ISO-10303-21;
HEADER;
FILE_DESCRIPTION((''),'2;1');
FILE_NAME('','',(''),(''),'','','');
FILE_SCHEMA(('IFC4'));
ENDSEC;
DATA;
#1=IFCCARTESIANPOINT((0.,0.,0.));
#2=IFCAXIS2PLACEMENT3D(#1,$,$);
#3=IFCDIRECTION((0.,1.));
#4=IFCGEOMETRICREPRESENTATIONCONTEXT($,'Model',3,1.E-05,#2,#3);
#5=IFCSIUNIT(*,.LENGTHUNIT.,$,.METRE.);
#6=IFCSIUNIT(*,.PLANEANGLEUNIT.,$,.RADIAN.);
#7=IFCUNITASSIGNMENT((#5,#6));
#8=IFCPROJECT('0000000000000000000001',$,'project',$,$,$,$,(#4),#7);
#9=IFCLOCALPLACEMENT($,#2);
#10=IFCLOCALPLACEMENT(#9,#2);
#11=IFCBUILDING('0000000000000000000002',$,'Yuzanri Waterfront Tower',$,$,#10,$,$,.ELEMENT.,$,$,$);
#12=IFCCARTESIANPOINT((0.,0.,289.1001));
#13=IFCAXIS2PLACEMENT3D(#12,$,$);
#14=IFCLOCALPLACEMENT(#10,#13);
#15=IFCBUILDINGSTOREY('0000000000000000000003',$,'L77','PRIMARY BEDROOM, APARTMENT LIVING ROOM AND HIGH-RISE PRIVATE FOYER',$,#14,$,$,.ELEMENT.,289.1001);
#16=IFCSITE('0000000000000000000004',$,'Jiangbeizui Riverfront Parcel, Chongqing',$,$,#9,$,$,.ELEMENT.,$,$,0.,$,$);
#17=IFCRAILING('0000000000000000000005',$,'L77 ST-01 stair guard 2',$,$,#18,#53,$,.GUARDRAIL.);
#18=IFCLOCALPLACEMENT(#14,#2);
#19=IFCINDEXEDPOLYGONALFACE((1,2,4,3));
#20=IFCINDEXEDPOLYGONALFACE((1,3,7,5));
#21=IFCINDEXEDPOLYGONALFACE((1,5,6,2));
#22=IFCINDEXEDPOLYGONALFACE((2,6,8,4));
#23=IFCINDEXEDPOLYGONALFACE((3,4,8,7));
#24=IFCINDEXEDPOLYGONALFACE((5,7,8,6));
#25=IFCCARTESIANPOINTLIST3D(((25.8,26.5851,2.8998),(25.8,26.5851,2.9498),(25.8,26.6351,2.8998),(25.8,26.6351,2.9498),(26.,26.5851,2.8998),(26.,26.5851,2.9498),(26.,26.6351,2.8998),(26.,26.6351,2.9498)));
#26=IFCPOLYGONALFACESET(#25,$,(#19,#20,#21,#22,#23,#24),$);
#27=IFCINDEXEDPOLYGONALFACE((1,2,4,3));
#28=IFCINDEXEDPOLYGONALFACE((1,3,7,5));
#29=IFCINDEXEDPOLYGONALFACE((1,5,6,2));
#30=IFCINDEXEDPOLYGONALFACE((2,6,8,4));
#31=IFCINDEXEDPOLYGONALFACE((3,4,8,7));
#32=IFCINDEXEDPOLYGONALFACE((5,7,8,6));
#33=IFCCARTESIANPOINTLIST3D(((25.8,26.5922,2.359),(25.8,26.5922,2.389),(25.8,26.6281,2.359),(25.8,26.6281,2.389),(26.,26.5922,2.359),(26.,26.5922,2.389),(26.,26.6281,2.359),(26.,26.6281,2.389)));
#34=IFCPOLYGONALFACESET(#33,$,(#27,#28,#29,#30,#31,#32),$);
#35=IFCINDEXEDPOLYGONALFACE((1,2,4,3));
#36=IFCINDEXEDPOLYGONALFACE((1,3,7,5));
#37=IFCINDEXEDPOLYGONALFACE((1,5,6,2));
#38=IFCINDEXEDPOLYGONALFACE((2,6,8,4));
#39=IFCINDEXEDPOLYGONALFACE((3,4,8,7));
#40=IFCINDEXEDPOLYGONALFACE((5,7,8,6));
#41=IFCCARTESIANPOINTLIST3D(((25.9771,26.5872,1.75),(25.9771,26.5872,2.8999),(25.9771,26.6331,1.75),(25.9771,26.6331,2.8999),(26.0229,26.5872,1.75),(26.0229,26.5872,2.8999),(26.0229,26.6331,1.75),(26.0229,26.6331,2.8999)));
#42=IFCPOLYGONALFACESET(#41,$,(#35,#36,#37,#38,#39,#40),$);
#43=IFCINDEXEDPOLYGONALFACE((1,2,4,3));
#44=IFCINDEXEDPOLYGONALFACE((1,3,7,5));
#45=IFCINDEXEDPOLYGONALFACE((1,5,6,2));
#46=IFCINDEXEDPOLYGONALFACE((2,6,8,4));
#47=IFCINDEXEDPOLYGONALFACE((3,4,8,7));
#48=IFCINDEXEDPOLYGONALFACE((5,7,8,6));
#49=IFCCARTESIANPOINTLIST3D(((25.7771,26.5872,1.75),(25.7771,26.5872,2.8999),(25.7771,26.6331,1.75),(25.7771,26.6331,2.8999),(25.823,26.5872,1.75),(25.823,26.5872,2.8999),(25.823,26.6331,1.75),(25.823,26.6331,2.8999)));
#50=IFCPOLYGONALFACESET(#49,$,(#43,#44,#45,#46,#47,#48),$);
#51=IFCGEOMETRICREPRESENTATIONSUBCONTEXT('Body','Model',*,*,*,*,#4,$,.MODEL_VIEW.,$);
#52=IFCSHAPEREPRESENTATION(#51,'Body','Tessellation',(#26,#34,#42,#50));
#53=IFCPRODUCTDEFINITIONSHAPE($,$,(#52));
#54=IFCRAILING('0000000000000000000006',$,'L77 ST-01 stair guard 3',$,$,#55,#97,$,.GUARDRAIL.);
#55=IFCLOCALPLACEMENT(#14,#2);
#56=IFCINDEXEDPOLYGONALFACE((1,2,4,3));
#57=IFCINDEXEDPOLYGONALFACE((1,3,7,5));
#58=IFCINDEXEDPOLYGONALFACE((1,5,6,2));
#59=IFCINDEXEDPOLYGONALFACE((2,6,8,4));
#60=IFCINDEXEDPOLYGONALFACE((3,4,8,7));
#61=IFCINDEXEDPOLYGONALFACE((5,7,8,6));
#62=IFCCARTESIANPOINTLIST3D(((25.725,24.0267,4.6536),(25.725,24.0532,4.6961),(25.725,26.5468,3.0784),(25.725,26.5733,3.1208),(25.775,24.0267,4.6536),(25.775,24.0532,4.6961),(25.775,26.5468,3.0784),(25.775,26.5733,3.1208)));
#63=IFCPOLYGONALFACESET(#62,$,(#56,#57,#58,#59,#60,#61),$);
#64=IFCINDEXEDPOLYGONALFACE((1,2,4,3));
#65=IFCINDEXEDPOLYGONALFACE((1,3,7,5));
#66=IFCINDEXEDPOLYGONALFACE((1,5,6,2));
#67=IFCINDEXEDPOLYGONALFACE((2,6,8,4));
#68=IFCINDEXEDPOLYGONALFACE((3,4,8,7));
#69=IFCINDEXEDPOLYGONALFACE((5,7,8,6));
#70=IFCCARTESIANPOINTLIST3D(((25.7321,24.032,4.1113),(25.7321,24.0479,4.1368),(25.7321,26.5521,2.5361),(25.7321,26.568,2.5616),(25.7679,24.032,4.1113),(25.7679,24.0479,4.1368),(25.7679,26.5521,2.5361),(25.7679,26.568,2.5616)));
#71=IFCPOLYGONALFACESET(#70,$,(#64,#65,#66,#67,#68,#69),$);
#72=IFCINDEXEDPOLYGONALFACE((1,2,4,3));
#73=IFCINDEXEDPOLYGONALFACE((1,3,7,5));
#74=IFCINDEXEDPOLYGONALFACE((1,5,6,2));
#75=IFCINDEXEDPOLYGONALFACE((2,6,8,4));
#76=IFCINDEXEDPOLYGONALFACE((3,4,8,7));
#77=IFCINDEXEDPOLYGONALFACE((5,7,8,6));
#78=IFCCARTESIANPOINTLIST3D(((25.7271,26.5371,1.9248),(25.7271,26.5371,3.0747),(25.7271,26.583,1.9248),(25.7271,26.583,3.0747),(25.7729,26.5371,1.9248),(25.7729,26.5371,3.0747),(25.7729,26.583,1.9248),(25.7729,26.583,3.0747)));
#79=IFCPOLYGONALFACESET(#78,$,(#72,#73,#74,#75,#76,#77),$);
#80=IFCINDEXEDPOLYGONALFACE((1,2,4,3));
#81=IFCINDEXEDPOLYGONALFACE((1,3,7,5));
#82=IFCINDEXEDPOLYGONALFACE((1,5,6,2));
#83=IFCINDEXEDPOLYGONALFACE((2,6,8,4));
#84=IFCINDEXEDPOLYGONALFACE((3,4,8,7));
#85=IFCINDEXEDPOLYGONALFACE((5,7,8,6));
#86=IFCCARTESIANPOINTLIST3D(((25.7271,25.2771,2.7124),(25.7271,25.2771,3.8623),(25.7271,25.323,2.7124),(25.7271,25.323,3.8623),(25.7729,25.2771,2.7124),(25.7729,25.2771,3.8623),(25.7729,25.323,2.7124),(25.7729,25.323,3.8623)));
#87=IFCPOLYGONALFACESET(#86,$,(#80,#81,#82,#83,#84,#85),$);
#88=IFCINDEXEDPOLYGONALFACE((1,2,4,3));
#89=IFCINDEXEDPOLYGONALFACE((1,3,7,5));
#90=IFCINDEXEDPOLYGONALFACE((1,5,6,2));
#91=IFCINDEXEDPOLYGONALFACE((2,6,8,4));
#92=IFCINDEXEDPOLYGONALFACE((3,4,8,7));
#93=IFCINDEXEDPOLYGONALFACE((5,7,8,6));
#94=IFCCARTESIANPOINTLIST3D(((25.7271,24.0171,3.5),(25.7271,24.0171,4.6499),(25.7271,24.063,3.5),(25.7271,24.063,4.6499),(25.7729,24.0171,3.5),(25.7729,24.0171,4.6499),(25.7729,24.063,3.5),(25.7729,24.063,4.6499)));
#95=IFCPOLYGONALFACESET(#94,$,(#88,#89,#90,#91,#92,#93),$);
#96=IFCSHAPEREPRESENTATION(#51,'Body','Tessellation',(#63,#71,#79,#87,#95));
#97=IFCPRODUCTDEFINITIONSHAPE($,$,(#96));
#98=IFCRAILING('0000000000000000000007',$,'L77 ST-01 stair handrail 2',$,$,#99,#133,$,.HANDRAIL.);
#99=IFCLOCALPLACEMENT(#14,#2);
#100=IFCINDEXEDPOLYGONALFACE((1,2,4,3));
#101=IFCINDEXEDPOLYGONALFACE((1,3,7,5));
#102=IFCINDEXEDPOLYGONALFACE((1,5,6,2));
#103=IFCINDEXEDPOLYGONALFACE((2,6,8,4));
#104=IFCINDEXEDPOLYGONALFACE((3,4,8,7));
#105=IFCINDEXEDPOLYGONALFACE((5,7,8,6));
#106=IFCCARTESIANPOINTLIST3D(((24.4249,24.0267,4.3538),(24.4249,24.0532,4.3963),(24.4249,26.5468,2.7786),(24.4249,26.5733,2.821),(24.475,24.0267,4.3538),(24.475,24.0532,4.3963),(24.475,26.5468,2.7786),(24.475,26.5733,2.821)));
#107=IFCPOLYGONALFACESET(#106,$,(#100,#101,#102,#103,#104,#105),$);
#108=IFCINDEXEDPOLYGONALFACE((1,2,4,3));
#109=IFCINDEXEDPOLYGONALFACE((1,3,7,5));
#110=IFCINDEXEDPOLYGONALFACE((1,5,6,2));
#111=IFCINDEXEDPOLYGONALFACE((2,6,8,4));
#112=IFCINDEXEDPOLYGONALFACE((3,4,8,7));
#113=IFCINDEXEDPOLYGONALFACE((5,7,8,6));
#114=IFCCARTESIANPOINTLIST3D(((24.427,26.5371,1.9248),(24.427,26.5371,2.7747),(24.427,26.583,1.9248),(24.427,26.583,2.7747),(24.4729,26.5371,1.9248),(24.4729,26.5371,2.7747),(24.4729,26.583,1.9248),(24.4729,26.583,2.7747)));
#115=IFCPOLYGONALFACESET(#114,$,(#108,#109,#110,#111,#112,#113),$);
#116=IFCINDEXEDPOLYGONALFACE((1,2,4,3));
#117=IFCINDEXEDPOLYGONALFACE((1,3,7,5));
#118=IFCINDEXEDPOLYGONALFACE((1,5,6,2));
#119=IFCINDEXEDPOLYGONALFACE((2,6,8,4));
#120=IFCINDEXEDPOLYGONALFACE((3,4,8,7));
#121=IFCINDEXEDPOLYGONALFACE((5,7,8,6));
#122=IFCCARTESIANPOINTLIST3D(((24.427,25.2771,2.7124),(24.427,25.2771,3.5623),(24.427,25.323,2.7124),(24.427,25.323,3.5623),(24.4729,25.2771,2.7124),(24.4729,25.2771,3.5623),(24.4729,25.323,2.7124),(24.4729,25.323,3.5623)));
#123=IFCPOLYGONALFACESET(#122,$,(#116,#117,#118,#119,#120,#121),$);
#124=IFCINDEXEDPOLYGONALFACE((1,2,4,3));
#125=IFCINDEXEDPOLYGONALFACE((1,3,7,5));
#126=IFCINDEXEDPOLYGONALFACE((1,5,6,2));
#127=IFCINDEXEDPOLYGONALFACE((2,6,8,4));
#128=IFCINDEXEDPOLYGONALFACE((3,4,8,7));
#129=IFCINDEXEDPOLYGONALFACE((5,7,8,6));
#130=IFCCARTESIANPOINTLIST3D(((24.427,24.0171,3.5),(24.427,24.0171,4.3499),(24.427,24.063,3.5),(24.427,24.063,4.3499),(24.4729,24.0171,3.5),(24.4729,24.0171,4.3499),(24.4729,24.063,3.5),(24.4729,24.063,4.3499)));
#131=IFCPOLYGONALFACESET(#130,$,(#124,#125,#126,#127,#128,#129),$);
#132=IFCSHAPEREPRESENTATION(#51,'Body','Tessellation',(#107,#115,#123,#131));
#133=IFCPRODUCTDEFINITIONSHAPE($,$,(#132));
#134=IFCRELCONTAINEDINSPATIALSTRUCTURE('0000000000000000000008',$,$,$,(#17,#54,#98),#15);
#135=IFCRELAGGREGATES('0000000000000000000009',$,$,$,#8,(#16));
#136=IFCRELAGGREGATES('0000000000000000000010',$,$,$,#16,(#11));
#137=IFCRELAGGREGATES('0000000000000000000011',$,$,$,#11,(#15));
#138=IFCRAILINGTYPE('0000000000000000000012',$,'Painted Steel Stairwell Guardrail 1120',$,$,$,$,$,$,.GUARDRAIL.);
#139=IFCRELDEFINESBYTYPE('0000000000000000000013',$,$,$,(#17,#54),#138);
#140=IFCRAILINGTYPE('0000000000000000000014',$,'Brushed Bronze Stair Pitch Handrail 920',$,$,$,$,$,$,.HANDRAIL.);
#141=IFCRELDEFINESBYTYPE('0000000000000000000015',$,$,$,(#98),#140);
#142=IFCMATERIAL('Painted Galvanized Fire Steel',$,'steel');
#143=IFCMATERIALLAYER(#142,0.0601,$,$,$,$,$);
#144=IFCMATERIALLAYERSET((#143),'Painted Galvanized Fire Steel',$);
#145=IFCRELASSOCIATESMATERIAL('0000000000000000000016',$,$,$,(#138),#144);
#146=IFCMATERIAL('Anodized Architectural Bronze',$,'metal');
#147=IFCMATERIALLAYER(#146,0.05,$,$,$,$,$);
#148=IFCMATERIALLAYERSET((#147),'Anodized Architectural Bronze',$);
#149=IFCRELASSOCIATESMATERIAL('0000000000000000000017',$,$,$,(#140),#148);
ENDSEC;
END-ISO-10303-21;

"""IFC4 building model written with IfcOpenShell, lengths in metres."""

from ifc_helpers import new_model, si_unit, direction, frame, origin, origin_2d, place, context, subcontext, project, spatial, rectangle, extrude, source, transform, mapped, material, layer, layer_set, type_object, element, save


model = new_model("IFC4")

# Units and contexts
model_context = context("Model", 3, precision=1e-05, world=origin(), true_north=direction((0.0, 1.0)))
body_context = subcontext(model_context, "Body", "Model", "MODEL_VIEW")
ifc_project = project(units=[si_unit("LENGTHUNIT", "METRE"), si_unit("PLANEANGLEUNIT", "RADIAN")], contexts=[model_context])

# Site, building, storey
site_placement = place(None, origin())
site = spatial("IfcSite", under=ifc_project, at=site_placement, Name="Jiangbeizui Riverfront Parcel, Chongqing", CompositionType="ELEMENT", RefElevation=0.0)
building_placement = place(site_placement, origin())
building = spatial("IfcBuilding", under=site, at=building_placement, Name="Yuzanri Waterfront Tower", CompositionType="ELEMENT")
storey_placement = place(building_placement, frame((0.0, 0.0, 289.1001)))
storey = spatial("IfcBuildingStorey", under=building, at=storey_placement, Name="L77", Description="PRIMARY BEDROOM, APARTMENT LIVING ROOM AND HIGH-RISE PRIVATE FOYER", CompositionType="ELEMENT", Elevation=289.1001)

# Railings
ifc_material_1 = material(Name="Painted Galvanized Fire Steel", Category="steel")
ifc_layer_1 = layer(ifc_material_1, 0.0601)
ifc_layer_set_1 = layer_set([ifc_layer_1], Name="Painted Galvanized Fire Steel")
railing_type_1 = type_object("IfcRailingType", Name="Painted Steel Stairwell Guardrail 1120", PredefinedType="GUARDRAIL", material=ifc_layer_set_1)
shared_shape_1 = source(origin(), body_context, "Body", "SweptSolid", [
    extrude(rectangle(XDim=0.05, YDim=0.05, at=origin_2d()), frame((0.0, 0.0, 1.1748), z_axis=(-1.0, 0.0, 0.0), x_axis=(0.0, -1.0, 0.0)), (0.0, 0.0, 1.0), 0.2),
    extrude(rectangle(XDim=0.0359, YDim=0.03, at=origin_2d()), frame((0.0, 0.0, 0.624), z_axis=(-1.0, 0.0, 0.0), x_axis=(0.0, -1.0, 0.0)), (0.0, 0.0, 1.0), 0.2),
    extrude(rectangle(XDim=0.0459, YDim=0.0459, at=origin_2d()), origin(), (0.0, 0.0, 1.0), 1.1499),
    extrude(rectangle(XDim=0.0459, YDim=0.0459, at=origin_2d()), frame((-0.2, 0.0, 0.0)), (0.0, 0.0, 1.0), 1.1499),
])
railing_1_placement = place(storey_placement, frame((26.0, 26.6101, 1.75)))
element("IfcRailing", 1, at=railing_1_placement, inside=storey, type_object=railing_type_1, Name="L77 ST-01 stair guard 2", PredefinedType="GUARDRAIL", context=body_context, shape_type="MappedRepresentation", body=[
    mapped(shared_shape_1, transform((0.0, 0.0, 0.0), scale=1.0)),
])
shared_shape_2 = source(origin(), body_context, "Body", "SweptSolid", [
    extrude(rectangle(XDim=0.05, YDim=0.05, at=origin_2d()), frame((0.0, 0.0, 1.1748), z_axis=(0.0, -0.847971, 0.530043), x_axis=(1.0, 0.0, 0.0)), (0.0, 0.0, 1.0), 2.9719),
    extrude(rectangle(XDim=0.0359, YDim=0.03, at=origin_2d()), frame((0.0, 0.0, 0.624), z_axis=(0.0, -0.847971, 0.530043), x_axis=(1.0, 0.0, 0.0)), (0.0, 0.0, 1.0), 2.9719),
    extrude(rectangle(XDim=0.0459, YDim=0.0459, at=origin_2d()), origin(), (0.0, 0.0, 1.0), 1.1499),
    extrude(rectangle(XDim=0.0459, YDim=0.0459, at=origin_2d()), frame((0.0, -1.26, 0.7876)), (0.0, 0.0, 1.0), 1.1499),
    extrude(rectangle(XDim=0.0459, YDim=0.0459, at=origin_2d()), frame((0.0, -2.52, 1.5752)), (0.0, 0.0, 1.0), 1.1499),
])
railing_2_placement = place(storey_placement, frame((25.75, 26.5601, 1.9248)))
element("IfcRailing", 2, at=railing_2_placement, inside=storey, type_object=railing_type_1, Name="L77 ST-01 stair guard 3", PredefinedType="GUARDRAIL", context=body_context, shape_type="MappedRepresentation", body=[
    mapped(shared_shape_2, transform((0.0, 0.0, 0.0), scale=1.0)),
])
ifc_material_2 = material(Name="Anodized Architectural Bronze", Category="metal")
ifc_layer_2 = layer(ifc_material_2, 0.05)
ifc_layer_set_2 = layer_set([ifc_layer_2], Name="Anodized Architectural Bronze")
railing_type_2 = type_object("IfcRailingType", Name="Brushed Bronze Stair Pitch Handrail 920", PredefinedType="HANDRAIL", material=ifc_layer_set_2)
shared_shape_3 = source(origin(), body_context, "Body", "SweptSolid", [
    extrude(rectangle(XDim=0.05, YDim=0.05, at=origin_2d()), frame((0.0, 0.0, 0.875), z_axis=(0.0, -0.847971, 0.530043), x_axis=(1.0, 0.0, 0.0)), (0.0, 0.0, 1.0), 2.9719),
    extrude(rectangle(XDim=0.0459, YDim=0.0459, at=origin_2d()), origin(), (0.0, 0.0, 1.0), 0.8499),
    extrude(rectangle(XDim=0.0459, YDim=0.0459, at=origin_2d()), frame((0.0, -1.26, 0.7876)), (0.0, 0.0, 1.0), 0.8499),
    extrude(rectangle(XDim=0.0459, YDim=0.0459, at=origin_2d()), frame((0.0, -2.52, 1.5752)), (0.0, 0.0, 1.0), 0.8499),
])
railing_3_placement = place(storey_placement, frame((24.45, 26.5601, 1.9248)))
element("IfcRailing", 3, at=railing_3_placement, inside=storey, type_object=railing_type_2, Name="L77 ST-01 stair handrail 2", PredefinedType="HANDRAIL", context=body_context, shape_type="MappedRepresentation", body=[
    mapped(shared_shape_3, transform((0.0, 0.0, 0.0), scale=1.0)),
])

save(model, "model.ifc")
